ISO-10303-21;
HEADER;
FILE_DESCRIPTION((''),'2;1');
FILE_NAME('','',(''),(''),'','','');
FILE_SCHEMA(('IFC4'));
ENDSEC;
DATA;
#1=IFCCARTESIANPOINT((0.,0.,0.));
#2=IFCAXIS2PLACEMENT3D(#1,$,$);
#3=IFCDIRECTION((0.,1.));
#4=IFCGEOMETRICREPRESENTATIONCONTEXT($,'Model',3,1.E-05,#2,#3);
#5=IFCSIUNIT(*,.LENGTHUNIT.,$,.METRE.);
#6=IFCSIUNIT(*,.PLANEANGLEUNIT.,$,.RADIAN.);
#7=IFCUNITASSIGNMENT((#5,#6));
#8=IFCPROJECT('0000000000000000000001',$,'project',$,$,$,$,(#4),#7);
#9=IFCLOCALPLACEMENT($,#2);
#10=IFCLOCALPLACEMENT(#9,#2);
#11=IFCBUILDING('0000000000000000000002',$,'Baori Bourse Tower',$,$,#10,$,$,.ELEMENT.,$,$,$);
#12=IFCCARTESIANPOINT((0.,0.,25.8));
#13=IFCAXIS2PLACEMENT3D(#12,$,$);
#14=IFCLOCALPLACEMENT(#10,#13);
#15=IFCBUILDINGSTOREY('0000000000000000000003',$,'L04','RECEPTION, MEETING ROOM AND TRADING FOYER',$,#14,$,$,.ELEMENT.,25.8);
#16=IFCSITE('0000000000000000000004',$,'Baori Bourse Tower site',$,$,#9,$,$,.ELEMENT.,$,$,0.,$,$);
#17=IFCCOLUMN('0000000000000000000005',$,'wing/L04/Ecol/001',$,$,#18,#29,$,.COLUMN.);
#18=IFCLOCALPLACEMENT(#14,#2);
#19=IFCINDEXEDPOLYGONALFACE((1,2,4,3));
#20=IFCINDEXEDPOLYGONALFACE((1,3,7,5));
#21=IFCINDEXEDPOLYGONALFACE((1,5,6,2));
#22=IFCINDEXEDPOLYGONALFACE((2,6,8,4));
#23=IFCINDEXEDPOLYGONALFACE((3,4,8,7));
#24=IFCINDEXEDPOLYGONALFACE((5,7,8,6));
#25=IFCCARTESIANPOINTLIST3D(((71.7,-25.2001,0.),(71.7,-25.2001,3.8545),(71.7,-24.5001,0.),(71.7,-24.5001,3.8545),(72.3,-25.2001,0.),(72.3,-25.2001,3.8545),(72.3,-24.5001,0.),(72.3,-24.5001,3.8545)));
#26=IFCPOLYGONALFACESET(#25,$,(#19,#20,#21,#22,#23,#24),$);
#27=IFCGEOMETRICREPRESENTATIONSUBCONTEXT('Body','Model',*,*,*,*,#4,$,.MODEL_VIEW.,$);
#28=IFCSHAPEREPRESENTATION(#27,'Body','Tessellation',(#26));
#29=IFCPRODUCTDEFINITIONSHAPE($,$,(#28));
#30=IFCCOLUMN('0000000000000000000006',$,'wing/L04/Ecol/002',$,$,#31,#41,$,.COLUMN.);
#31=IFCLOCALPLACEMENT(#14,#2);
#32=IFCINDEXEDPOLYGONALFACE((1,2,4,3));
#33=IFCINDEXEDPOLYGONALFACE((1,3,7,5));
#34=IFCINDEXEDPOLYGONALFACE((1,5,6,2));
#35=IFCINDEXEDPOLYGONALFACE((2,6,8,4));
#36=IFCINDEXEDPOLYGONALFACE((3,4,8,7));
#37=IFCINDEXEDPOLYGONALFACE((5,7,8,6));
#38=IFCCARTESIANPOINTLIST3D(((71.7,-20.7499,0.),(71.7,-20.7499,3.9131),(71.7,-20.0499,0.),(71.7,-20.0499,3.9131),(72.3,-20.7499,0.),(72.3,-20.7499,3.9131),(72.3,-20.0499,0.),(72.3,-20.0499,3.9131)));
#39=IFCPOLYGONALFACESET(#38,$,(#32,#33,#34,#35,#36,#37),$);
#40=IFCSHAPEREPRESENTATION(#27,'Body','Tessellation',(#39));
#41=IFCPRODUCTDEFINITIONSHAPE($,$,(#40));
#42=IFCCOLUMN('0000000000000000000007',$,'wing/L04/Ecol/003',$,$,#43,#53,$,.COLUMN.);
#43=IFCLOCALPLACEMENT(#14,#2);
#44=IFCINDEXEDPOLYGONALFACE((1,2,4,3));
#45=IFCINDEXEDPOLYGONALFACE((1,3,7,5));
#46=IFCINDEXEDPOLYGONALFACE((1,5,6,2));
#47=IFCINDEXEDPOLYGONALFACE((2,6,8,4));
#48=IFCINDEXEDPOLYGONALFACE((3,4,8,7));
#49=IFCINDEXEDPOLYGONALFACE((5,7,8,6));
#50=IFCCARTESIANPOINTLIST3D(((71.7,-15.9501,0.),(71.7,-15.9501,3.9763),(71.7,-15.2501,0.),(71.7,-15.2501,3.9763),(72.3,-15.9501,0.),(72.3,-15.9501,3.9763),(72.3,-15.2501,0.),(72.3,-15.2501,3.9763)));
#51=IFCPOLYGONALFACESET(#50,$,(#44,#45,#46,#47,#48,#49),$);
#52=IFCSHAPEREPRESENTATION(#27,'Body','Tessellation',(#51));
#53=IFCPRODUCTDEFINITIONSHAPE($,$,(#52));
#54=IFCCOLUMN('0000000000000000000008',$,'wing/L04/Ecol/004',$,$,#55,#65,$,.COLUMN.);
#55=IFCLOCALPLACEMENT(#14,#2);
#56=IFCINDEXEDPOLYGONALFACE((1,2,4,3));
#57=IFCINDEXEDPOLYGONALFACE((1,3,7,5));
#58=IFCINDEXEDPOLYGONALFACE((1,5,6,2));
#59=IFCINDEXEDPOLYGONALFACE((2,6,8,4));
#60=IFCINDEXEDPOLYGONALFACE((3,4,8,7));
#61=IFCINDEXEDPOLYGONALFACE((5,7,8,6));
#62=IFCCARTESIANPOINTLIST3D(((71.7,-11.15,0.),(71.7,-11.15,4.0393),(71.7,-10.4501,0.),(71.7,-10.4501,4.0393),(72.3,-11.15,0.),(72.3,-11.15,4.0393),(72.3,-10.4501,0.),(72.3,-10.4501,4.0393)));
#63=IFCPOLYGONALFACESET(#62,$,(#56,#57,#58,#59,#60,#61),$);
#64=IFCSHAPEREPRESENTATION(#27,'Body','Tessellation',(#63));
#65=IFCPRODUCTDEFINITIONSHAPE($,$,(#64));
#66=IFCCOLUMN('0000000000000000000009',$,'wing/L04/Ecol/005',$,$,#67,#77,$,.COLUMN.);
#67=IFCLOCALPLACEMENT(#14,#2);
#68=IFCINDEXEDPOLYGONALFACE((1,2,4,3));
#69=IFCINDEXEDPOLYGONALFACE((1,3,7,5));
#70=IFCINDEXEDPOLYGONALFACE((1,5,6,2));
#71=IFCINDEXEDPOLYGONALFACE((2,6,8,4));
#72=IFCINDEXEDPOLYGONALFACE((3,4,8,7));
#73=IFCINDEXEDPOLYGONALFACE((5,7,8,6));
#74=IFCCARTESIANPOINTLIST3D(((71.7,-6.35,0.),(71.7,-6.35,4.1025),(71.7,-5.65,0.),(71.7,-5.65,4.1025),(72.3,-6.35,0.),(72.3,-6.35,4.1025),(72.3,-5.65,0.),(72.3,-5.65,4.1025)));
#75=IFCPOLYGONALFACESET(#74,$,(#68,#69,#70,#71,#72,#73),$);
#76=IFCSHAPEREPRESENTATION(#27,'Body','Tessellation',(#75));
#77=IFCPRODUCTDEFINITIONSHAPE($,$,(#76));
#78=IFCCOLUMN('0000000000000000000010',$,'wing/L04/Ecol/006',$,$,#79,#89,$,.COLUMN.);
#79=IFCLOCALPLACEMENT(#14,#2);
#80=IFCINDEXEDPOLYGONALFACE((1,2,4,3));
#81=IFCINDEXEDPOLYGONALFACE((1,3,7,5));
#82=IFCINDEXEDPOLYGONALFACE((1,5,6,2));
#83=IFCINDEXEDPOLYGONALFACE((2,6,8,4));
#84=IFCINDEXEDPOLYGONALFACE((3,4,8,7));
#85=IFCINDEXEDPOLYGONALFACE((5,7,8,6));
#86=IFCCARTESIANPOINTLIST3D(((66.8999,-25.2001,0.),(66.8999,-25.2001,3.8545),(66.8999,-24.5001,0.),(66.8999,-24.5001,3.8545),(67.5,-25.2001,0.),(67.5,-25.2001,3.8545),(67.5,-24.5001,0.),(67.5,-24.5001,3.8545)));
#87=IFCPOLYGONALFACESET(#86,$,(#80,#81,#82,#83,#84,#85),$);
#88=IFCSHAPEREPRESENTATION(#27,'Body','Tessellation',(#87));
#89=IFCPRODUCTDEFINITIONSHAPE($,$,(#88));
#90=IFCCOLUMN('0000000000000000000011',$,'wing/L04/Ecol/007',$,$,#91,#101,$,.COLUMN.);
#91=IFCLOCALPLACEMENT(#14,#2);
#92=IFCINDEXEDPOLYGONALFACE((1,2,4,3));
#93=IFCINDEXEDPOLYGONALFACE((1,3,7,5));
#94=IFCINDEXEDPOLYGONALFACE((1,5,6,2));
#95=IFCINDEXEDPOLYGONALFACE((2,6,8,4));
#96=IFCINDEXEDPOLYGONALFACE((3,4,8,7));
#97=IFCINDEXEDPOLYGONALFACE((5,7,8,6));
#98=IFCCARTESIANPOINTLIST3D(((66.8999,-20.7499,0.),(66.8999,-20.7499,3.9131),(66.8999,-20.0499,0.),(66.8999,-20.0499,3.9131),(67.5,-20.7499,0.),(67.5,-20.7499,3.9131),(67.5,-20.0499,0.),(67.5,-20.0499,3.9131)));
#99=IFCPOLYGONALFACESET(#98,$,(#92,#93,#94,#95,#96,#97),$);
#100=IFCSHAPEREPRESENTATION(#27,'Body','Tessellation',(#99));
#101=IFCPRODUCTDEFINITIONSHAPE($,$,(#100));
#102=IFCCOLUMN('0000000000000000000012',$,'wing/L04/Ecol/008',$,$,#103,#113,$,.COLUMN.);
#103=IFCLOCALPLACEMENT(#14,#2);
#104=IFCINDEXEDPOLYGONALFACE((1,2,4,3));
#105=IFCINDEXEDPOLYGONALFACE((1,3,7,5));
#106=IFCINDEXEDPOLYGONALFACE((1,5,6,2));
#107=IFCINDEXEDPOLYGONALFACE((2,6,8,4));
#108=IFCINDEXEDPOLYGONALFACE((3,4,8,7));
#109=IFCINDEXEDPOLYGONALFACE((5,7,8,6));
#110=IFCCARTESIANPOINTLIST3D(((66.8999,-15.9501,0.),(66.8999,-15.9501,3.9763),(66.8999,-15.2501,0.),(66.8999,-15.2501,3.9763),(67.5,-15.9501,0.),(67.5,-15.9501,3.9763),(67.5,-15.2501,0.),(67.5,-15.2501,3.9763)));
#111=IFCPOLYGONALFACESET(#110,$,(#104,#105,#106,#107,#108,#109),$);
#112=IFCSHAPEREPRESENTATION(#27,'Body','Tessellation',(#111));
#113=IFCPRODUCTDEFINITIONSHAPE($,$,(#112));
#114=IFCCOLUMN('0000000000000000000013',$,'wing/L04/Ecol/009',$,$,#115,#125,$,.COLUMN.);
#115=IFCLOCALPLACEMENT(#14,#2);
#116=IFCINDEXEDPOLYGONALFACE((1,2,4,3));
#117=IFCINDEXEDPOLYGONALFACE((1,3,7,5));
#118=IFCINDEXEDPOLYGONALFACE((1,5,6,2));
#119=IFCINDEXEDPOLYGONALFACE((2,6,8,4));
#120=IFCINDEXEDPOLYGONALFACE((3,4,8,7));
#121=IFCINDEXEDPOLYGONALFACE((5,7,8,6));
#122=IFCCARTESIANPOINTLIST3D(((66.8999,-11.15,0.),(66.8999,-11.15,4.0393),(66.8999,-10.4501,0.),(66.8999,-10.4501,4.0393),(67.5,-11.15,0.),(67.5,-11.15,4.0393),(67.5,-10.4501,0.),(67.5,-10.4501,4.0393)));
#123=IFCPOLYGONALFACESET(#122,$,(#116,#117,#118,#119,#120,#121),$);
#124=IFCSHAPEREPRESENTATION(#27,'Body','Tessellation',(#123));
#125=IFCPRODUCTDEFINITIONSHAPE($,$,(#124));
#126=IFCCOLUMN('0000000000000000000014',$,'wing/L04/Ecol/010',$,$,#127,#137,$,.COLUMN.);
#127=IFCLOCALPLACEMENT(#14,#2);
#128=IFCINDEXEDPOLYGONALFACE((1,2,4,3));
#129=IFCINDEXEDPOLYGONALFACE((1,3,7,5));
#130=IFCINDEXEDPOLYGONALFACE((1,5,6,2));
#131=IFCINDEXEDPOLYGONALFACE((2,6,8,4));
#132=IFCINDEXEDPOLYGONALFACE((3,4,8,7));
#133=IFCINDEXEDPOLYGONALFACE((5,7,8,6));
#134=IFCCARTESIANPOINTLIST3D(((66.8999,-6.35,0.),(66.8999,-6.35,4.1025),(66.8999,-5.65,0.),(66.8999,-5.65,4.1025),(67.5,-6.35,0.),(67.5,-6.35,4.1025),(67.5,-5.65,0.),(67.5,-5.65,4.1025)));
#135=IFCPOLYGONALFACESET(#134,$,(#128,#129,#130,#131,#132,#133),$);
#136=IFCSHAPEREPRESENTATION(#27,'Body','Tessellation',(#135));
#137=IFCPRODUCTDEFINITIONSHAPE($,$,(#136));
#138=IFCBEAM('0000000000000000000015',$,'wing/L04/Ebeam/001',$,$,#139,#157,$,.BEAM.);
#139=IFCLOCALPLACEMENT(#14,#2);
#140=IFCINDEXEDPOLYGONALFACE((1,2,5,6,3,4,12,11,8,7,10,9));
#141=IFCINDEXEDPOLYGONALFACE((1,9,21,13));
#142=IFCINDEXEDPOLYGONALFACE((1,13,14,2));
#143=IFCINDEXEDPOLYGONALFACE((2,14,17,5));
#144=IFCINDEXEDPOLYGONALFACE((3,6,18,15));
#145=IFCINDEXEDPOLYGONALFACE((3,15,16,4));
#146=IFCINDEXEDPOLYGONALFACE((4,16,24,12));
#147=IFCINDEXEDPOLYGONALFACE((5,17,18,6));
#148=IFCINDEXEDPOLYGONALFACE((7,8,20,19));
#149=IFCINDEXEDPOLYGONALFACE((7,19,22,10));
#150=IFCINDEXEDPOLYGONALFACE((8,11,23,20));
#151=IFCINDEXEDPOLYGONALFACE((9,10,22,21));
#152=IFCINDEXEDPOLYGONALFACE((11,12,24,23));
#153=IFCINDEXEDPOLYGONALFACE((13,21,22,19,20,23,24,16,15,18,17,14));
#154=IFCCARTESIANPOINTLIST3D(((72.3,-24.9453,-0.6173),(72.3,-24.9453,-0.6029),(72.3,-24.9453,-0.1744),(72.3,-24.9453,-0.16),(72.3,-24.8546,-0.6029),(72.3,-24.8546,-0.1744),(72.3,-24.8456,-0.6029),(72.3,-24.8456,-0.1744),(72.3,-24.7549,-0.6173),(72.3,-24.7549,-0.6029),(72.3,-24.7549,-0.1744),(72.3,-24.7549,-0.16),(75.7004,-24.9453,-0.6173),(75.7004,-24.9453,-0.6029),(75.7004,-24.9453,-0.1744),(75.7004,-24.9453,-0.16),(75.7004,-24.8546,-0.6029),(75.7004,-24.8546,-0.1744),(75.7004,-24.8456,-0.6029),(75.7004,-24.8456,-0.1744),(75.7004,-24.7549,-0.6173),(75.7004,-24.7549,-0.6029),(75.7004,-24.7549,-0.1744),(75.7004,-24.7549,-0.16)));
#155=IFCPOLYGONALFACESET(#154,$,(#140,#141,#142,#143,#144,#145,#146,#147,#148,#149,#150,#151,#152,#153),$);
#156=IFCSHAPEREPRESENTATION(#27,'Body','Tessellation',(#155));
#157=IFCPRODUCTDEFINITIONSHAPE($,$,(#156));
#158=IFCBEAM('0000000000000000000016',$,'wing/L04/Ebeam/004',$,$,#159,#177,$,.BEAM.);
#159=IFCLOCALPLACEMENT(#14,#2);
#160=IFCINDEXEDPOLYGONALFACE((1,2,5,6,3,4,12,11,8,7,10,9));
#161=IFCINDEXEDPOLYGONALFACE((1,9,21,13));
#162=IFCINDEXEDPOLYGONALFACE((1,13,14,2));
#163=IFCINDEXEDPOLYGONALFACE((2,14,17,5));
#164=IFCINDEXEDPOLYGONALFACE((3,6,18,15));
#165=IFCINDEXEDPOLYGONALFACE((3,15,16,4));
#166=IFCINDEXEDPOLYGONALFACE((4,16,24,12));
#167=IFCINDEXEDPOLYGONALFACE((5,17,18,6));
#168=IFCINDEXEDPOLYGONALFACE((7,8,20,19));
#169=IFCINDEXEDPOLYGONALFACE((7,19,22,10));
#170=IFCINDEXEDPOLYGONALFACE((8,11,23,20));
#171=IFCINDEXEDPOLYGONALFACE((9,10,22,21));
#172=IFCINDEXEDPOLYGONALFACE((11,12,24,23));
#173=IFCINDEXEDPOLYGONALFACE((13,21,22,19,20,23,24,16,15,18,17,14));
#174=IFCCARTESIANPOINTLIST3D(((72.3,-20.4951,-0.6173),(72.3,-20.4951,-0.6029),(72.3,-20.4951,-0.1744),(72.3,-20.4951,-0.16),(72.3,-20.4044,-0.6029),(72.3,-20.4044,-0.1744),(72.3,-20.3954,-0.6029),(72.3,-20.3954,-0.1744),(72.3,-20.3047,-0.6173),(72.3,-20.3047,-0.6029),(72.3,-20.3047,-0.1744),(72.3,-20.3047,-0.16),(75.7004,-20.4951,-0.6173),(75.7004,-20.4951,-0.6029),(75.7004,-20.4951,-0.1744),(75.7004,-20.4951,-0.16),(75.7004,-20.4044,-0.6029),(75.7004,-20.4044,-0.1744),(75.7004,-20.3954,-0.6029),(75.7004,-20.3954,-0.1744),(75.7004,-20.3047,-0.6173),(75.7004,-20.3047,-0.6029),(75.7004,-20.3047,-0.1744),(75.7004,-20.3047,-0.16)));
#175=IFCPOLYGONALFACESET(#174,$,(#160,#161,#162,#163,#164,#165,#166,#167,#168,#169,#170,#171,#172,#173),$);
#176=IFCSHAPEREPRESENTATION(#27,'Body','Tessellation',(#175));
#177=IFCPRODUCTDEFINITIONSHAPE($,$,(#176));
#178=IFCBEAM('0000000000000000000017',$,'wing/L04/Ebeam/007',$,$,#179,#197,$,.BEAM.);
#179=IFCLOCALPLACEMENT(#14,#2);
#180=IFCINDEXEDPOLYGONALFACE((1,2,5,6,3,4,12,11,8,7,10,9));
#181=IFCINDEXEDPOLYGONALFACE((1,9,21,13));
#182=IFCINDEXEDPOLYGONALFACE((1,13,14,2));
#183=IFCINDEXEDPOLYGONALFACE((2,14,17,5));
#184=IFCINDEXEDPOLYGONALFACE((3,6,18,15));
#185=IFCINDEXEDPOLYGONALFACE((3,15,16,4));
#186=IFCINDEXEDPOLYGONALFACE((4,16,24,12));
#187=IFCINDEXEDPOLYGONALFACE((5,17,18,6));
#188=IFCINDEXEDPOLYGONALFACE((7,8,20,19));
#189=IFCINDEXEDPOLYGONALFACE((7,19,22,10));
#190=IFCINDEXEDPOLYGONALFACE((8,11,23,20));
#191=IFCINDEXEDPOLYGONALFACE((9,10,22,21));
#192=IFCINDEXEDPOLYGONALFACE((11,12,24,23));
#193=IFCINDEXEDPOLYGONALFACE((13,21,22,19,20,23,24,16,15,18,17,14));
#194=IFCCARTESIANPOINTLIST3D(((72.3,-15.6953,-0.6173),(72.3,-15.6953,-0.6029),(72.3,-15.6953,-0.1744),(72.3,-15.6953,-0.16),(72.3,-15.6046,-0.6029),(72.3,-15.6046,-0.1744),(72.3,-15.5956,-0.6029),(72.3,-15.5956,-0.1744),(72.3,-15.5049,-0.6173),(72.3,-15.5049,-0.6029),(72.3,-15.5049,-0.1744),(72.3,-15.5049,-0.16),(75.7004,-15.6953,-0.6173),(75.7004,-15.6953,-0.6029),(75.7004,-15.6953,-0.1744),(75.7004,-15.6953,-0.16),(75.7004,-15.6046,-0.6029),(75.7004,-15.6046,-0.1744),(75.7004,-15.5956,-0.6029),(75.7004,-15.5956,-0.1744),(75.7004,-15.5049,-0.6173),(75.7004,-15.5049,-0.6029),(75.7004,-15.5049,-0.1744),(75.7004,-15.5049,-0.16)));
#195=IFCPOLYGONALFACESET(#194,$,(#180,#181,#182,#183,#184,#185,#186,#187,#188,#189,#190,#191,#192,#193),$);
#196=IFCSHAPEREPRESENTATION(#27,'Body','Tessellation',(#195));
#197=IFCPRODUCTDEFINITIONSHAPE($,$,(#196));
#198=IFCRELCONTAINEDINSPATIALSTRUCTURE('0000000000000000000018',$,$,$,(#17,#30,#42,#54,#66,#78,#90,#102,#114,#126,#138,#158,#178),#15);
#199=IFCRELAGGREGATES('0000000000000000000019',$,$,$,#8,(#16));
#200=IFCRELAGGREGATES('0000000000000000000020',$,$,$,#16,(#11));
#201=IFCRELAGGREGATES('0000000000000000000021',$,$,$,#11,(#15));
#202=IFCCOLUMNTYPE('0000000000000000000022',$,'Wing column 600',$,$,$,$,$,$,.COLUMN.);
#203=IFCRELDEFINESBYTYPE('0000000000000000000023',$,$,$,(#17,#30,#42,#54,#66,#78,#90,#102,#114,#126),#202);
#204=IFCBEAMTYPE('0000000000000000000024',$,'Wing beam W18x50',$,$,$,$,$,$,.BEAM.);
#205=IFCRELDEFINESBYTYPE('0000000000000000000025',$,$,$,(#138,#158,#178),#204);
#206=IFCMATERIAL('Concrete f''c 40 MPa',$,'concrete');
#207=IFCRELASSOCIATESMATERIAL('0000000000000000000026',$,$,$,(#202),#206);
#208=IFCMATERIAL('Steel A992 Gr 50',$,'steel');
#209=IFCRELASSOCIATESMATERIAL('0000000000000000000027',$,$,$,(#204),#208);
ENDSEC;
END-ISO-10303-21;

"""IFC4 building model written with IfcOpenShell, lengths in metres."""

from ifc_helpers import new_model, si_unit, direction, frame, origin, origin_2d, place, context, subcontext, project, spatial, rectangle, i_section, extrude, material, material_profile, profile_set, type_object, element, save


model = new_model("IFC4")

# Units and contexts
model_context = context("Model", 3, precision=1e-05, world=origin(), true_north=direction((0.0, 1.0)))
body_context = subcontext(model_context, "Body", "Model", "MODEL_VIEW")
ifc_project = project(units=[si_unit("LENGTHUNIT", "METRE"), si_unit("PLANEANGLEUNIT", "RADIAN")], contexts=[model_context])

# Site, building, storey
site_placement = place(None, origin())
site = spatial("IfcSite", under=ifc_project, at=site_placement, Name="Baori Bourse Tower site", CompositionType="ELEMENT", RefElevation=0.0)
building_placement = place(site_placement, origin())
building = spatial("IfcBuilding", under=site, at=building_placement, Name="Baori Bourse Tower", CompositionType="ELEMENT")
storey_placement = place(building_placement, frame((0.0, 0.0, 25.8)))
storey = spatial("IfcBuildingStorey", under=building, at=storey_placement, Name="L04", Description="RECEPTION, MEETING ROOM AND TRADING FOYER", CompositionType="ELEMENT", Elevation=25.8)

# Columns
ifc_material_1 = material(Name="Concrete f'c 40 MPa", Category="concrete")
ifc_material_profile_1 = material_profile(ifc_material_1, rectangle(XDim=0.6001, YDim=0.7, at=origin_2d()), Name="Wing column 600")
ifc_profile_set_1 = profile_set([ifc_material_profile_1], Name="Concrete f'c 40 MPa")
column_type = type_object("IfcColumnType", Name="Wing column 600", PredefinedType="COLUMN", material=ifc_profile_set_1)
column_1_placement = place(storey_placement, frame((72.0, -24.8501, 0.0), z_axis=(0.0, 0.0, 1.0), x_axis=(1.0, 0.0, 0.0)))
element("IfcColumn", 1, at=column_1_placement, inside=storey, type_object=column_type, Name="wing/L04/Ecol/001", PredefinedType="COLUMN", context=body_context, shape_type="SweptSolid", body=[
    extrude(rectangle(XDim=0.6001, YDim=0.7, at=origin_2d()), origin(), (0.0, 0.0, 1.0), 3.8545),
])
column_2_placement = place(storey_placement, frame((72.0, -20.3999, 0.0), z_axis=(0.0, 0.0, 1.0), x_axis=(1.0, 0.0, 0.0)))
element("IfcColumn", 2, at=column_2_placement, inside=storey, type_object=column_type, Name="wing/L04/Ecol/002", PredefinedType="COLUMN", context=body_context, shape_type="SweptSolid", body=[
    extrude(rectangle(XDim=0.6001, YDim=0.7, at=origin_2d()), origin(), (0.0, 0.0, 1.0), 3.9131),
])
column_3_placement = place(storey_placement, frame((72.0, -15.6001, 0.0), z_axis=(0.0, 0.0, 1.0), x_axis=(1.0, 0.0, 0.0)))
element("IfcColumn", 3, at=column_3_placement, inside=storey, type_object=column_type, Name="wing/L04/Ecol/003", PredefinedType="COLUMN", context=body_context, shape_type="SweptSolid", body=[
    extrude(rectangle(XDim=0.6001, YDim=0.7, at=origin_2d()), origin(), (0.0, 0.0, 1.0), 3.9763),
])
column_4_placement = place(storey_placement, frame((72.0, -10.8, 0.0), z_axis=(0.0, 0.0, 1.0), x_axis=(1.0, 0.0, 0.0)))
element("IfcColumn", 4, at=column_4_placement, inside=storey, type_object=column_type, Name="wing/L04/Ecol/004", PredefinedType="COLUMN", context=body_context, shape_type="SweptSolid", body=[
    extrude(rectangle(XDim=0.6001, YDim=0.7, at=origin_2d()), origin(), (0.0, 0.0, 1.0), 4.0393),
])
column_5_placement = place(storey_placement, frame((72.0, -6.0, 0.0), z_axis=(0.0, 0.0, 1.0), x_axis=(1.0, 0.0, 0.0)))
element("IfcColumn", 5, at=column_5_placement, inside=storey, type_object=column_type, Name="wing/L04/Ecol/005", PredefinedType="COLUMN", context=body_context, shape_type="SweptSolid", body=[
    extrude(rectangle(XDim=0.6001, YDim=0.7, at=origin_2d()), origin(), (0.0, 0.0, 1.0), 4.1025),
])
column_6_placement = place(storey_placement, frame((67.2, -24.8501, 0.0), z_axis=(0.0, 0.0, 1.0), x_axis=(1.0, 0.0, 0.0)))
element("IfcColumn", 6, at=column_6_placement, inside=storey, type_object=column_type, Name="wing/L04/Ecol/006", PredefinedType="COLUMN", context=body_context, shape_type="SweptSolid", body=[
    extrude(rectangle(XDim=0.6001, YDim=0.7, at=origin_2d()), origin(), (0.0, 0.0, 1.0), 3.8545),
])
column_7_placement = place(storey_placement, frame((67.2, -20.3999, 0.0), z_axis=(0.0, 0.0, 1.0), x_axis=(1.0, 0.0, 0.0)))
element("IfcColumn", 7, at=column_7_placement, inside=storey, type_object=column_type, Name="wing/L04/Ecol/007", PredefinedType="COLUMN", context=body_context, shape_type="SweptSolid", body=[
    extrude(rectangle(XDim=0.6001, YDim=0.7, at=origin_2d()), origin(), (0.0, 0.0, 1.0), 3.9131),
])
column_8_placement = place(storey_placement, frame((67.2, -15.6001, 0.0), z_axis=(0.0, 0.0, 1.0), x_axis=(1.0, 0.0, 0.0)))
element("IfcColumn", 8, at=column_8_placement, inside=storey, type_object=column_type, Name="wing/L04/Ecol/008", PredefinedType="COLUMN", context=body_context, shape_type="SweptSolid", body=[
    extrude(rectangle(XDim=0.6001, YDim=0.7, at=origin_2d()), origin(), (0.0, 0.0, 1.0), 3.9763),
])
column_9_placement = place(storey_placement, frame((67.2, -10.8, 0.0), z_axis=(0.0, 0.0, 1.0), x_axis=(1.0, 0.0, 0.0)))
element("IfcColumn", 9, at=column_9_placement, inside=storey, type_object=column_type, Name="wing/L04/Ecol/009", PredefinedType="COLUMN", context=body_context, shape_type="SweptSolid", body=[
    extrude(rectangle(XDim=0.6001, YDim=0.7, at=origin_2d()), origin(), (0.0, 0.0, 1.0), 4.0393),
])
column_10_placement = place(storey_placement, frame((67.2, -6.0, 0.0), z_axis=(0.0, 0.0, 1.0), x_axis=(1.0, 0.0, 0.0)))
element("IfcColumn", 10, at=column_10_placement, inside=storey, type_object=column_type, Name="wing/L04/Ecol/010", PredefinedType="COLUMN", context=body_context, shape_type="SweptSolid", body=[
    extrude(rectangle(XDim=0.6001, YDim=0.7, at=origin_2d()), origin(), (0.0, 0.0, 1.0), 4.1025),
])

# Beams
ifc_material_2 = material(Name="Steel A992 Gr 50", Category="steel")
ifc_material_profile_2 = material_profile(ifc_material_2, i_section(OverallWidth=0.1904, OverallDepth=0.4573, WebThickness=0.009, FlangeThickness=0.0144, at=origin_2d()), Name="W18x50")
ifc_profile_set_2 = profile_set([ifc_material_profile_2], Name="Steel A992 Gr 50")
beam_type_1 = type_object("IfcBeamType", Name="Wing beam W18x50", PredefinedType="BEAM", material=ifc_profile_set_2)
for number, where, z_axis, x_axis, name in (
    (11, (75.7004, -24.8501, -0.3887), (-1.0, 0.0, 0.0), (0.0, -1.0, 0.0), "wing/L04/Ebeam/001"),
    (12, (75.7004, -20.3999, -0.3887), (-1.0, 0.0, 0.0), (0.0, -1.0, 0.0), "wing/L04/Ebeam/004"),
    (13, (75.7004, -15.6001, -0.3887), (-1.0, 0.0, 0.0), (0.0, -1.0, 0.0), "wing/L04/Ebeam/007"),
):
    element("IfcBeam", number, at=place(storey_placement, frame(where, z_axis=z_axis, x_axis=x_axis)), inside=storey, type_object=beam_type_1, Name=name, PredefinedType="BEAM", context=body_context, shape_type="SweptSolid", body=[
        extrude(i_section(OverallWidth=0.1904, OverallDepth=0.4573, WebThickness=0.009, FlangeThickness=0.0144, at=origin_2d()), origin(), (0.0, 0.0, 1.0), 3.4004),
    ])

save(model, "model.ifc")
